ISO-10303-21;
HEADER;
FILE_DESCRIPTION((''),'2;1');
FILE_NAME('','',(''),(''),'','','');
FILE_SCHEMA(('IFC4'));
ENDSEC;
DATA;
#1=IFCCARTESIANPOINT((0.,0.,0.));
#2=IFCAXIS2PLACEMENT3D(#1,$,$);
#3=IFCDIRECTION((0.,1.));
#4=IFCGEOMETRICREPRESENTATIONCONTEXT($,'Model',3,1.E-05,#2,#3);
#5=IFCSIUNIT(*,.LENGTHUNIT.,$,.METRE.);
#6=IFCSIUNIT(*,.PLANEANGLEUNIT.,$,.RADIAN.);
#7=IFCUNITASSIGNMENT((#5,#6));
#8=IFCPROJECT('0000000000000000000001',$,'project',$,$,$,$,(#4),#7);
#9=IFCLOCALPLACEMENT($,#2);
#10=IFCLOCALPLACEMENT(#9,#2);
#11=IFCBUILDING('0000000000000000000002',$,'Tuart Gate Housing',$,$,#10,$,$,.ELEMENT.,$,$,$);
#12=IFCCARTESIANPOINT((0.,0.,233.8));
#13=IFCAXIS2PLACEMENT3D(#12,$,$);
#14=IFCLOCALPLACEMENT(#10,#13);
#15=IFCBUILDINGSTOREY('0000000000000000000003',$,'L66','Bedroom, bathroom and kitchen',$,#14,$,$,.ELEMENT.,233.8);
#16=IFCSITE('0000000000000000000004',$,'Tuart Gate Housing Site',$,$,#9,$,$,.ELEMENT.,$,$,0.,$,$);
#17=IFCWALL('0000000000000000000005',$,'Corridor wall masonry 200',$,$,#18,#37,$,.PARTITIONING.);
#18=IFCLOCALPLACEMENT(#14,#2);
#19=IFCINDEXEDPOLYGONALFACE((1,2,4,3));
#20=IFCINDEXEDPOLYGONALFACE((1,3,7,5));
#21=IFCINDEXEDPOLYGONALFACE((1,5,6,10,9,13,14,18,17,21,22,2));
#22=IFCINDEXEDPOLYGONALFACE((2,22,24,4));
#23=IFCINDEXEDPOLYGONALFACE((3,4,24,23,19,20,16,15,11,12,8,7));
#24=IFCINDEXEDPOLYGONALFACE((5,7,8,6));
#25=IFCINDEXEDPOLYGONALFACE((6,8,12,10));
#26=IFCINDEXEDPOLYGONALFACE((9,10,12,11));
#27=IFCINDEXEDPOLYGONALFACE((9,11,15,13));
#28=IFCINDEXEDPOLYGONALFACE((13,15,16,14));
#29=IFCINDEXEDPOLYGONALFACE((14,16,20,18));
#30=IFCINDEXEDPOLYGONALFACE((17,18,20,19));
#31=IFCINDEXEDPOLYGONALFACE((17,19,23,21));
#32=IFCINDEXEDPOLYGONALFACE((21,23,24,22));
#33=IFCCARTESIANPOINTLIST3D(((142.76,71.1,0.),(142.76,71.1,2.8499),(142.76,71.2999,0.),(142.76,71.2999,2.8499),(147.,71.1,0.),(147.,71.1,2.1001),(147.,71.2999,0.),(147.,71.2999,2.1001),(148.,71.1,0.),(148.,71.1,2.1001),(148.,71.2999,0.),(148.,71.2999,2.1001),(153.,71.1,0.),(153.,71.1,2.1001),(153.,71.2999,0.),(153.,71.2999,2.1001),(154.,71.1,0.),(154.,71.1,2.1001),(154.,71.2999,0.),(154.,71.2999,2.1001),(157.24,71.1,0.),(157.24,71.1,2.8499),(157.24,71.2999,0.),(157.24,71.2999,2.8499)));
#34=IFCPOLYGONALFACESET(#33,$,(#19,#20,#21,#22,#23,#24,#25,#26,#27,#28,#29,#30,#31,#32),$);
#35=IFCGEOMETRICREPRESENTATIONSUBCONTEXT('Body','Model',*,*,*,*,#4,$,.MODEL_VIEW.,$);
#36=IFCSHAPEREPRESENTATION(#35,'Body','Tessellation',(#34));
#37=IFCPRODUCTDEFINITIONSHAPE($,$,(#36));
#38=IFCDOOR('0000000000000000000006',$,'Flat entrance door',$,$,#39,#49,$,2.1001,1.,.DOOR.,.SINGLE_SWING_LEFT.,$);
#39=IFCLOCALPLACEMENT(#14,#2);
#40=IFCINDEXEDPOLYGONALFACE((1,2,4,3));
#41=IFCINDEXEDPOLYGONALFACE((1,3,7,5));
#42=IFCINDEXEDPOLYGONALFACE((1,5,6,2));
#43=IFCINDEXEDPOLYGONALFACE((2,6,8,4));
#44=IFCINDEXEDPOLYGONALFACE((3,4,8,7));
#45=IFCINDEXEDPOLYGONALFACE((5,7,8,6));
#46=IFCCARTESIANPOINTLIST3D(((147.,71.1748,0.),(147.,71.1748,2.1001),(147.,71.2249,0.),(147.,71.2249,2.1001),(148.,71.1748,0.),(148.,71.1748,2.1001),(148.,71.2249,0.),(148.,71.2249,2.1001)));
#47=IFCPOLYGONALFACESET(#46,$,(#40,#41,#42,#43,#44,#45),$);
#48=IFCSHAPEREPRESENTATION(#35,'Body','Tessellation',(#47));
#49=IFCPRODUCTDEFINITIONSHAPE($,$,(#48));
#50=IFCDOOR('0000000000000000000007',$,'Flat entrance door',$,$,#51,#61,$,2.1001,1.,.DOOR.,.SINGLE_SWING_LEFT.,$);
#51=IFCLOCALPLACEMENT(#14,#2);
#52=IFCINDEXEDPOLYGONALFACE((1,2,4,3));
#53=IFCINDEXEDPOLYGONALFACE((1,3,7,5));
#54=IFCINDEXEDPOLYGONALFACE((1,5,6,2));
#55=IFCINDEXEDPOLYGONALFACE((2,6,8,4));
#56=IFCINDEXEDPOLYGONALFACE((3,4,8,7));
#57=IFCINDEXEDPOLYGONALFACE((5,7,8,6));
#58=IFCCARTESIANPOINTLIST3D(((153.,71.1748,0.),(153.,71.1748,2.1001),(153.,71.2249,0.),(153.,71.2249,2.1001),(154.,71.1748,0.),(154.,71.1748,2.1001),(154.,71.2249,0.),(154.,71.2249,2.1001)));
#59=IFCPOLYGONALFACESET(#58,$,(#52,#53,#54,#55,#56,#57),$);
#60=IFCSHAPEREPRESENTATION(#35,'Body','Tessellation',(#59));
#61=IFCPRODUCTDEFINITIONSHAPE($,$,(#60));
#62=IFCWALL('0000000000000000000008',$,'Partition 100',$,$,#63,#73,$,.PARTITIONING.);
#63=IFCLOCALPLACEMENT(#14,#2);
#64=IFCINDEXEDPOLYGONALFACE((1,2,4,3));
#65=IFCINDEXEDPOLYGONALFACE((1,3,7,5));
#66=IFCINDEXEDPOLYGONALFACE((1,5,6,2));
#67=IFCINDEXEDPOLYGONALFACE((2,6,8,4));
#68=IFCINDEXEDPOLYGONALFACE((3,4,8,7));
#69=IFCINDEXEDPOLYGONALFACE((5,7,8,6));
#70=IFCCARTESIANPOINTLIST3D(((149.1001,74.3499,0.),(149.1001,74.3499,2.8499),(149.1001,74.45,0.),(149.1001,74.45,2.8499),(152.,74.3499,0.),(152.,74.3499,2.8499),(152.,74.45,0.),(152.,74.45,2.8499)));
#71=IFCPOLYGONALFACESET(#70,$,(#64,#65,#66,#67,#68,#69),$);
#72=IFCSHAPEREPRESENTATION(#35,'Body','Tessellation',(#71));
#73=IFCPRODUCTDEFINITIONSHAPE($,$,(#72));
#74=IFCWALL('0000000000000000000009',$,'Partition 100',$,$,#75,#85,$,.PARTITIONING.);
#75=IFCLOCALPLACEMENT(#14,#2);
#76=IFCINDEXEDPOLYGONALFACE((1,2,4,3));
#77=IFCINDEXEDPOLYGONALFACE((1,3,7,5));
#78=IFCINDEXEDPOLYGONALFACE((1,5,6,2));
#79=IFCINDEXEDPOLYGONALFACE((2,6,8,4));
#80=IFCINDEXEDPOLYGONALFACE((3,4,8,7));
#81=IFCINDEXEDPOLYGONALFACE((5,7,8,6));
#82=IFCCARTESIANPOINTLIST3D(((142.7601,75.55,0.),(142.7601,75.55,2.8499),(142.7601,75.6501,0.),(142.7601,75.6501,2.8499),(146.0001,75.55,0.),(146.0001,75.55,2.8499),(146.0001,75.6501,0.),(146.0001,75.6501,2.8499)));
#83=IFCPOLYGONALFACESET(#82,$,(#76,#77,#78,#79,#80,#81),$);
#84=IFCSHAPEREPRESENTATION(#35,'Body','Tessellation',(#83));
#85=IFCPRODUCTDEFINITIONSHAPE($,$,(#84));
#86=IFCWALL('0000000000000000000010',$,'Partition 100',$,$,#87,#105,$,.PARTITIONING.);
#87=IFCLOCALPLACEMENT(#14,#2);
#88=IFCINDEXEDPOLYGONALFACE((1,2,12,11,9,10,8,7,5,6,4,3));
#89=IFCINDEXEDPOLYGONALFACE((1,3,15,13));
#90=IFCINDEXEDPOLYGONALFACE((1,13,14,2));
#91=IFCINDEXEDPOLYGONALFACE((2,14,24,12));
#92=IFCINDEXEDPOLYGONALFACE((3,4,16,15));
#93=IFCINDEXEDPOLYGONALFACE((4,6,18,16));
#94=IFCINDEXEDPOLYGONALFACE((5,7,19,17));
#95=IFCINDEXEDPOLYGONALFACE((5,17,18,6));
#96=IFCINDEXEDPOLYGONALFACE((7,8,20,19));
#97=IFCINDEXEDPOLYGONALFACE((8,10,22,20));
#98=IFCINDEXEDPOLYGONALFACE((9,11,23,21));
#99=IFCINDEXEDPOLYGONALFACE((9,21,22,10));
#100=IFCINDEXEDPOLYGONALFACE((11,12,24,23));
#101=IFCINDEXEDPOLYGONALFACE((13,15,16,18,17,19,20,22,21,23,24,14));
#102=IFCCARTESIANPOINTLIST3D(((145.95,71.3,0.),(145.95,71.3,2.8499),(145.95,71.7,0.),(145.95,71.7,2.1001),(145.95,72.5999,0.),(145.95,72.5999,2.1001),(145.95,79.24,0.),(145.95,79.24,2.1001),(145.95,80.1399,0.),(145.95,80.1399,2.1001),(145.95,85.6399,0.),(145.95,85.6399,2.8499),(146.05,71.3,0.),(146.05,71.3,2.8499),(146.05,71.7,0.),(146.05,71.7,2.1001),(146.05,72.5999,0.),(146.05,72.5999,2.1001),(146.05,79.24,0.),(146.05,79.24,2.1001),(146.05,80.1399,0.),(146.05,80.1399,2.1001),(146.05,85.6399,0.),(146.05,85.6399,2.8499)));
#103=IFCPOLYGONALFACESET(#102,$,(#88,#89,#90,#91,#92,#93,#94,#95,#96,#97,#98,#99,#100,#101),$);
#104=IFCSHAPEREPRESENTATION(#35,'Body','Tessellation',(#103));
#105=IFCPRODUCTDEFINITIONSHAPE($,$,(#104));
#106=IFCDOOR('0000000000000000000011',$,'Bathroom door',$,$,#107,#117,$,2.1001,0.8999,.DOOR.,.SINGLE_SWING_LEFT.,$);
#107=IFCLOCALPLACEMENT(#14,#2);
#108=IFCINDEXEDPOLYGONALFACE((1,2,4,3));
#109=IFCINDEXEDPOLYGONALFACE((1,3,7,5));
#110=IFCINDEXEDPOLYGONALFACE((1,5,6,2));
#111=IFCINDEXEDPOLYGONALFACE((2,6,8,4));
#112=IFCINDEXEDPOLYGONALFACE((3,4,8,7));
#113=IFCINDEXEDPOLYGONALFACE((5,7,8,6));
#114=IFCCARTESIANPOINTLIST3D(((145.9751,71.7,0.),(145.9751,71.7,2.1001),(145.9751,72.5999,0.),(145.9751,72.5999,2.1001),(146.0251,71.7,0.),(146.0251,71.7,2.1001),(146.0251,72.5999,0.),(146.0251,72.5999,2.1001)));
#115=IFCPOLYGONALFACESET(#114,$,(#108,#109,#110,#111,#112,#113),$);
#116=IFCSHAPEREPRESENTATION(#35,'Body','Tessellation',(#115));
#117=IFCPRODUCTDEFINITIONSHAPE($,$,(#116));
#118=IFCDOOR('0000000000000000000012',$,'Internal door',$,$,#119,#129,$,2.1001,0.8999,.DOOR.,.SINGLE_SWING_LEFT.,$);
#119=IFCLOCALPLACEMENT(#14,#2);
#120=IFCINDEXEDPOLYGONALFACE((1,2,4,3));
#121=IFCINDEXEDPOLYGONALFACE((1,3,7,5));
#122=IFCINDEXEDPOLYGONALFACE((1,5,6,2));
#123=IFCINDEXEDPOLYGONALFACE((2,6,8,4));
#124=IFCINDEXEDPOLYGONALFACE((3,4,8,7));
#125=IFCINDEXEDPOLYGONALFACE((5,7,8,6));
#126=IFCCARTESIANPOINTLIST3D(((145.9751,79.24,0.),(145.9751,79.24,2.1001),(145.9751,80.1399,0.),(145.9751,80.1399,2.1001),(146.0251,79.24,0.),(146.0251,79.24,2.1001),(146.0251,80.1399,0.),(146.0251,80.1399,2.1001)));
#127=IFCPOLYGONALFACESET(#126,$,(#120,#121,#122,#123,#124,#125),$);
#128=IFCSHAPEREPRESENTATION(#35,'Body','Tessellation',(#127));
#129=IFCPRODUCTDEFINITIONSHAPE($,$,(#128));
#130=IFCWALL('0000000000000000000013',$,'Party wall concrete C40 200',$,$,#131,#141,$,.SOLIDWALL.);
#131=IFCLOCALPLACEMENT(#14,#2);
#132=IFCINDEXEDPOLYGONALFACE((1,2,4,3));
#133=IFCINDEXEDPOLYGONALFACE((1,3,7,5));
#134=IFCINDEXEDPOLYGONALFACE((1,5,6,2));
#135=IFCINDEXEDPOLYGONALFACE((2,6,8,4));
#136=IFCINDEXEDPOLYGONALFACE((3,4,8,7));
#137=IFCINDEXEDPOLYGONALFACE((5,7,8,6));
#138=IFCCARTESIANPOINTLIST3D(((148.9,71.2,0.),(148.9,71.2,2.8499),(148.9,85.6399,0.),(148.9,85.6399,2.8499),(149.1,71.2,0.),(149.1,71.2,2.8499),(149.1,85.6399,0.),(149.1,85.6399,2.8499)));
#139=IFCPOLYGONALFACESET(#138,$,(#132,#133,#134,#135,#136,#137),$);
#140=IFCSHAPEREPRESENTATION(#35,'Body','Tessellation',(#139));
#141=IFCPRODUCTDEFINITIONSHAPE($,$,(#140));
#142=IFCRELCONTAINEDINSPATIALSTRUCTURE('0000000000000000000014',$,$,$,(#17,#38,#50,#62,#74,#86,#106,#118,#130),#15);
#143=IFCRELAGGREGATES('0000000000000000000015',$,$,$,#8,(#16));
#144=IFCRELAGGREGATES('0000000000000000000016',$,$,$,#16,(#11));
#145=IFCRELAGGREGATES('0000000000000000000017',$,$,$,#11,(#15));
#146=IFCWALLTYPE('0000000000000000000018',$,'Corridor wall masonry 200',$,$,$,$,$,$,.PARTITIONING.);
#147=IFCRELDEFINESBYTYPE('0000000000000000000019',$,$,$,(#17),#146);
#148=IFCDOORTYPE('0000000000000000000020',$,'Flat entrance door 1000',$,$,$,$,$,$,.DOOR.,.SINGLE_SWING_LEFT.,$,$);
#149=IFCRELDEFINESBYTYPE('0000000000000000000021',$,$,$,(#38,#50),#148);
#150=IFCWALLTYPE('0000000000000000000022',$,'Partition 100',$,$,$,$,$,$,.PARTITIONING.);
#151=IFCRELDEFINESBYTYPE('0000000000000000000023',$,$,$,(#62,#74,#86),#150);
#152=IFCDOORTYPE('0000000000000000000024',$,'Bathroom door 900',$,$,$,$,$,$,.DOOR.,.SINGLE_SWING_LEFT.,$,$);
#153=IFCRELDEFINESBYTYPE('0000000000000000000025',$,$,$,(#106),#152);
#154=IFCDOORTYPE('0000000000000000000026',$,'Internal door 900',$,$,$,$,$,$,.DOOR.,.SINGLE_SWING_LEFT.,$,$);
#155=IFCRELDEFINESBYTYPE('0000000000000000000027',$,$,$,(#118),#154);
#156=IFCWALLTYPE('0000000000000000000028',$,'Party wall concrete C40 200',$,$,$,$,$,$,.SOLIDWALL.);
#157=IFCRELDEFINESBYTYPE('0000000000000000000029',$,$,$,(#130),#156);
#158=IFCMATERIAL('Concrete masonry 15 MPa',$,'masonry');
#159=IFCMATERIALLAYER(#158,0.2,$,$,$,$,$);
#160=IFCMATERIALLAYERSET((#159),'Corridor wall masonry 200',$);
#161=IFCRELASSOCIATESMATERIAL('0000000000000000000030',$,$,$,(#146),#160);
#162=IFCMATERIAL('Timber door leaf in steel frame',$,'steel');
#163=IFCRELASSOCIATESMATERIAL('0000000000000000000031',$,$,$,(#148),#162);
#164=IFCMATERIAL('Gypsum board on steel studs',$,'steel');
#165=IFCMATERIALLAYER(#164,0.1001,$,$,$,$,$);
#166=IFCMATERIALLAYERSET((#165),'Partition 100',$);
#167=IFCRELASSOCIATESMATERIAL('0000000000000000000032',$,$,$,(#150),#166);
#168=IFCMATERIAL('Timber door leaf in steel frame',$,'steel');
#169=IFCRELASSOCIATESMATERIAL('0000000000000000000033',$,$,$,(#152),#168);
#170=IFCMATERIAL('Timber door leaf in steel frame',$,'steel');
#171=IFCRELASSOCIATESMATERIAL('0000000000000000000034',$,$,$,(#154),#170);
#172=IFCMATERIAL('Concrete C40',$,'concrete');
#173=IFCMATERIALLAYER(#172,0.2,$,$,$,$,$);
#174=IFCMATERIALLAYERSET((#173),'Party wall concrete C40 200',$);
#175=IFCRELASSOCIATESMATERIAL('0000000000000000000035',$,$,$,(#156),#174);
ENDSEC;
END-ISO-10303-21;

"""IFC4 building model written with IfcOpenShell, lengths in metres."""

from ifc_helpers import new_model, si_unit, direction, frame, frame_2d, origin, place, context, subcontext, project, spatial, rectangle, extrude, material, layer, layer_set, type_object, element, fill, save


model = new_model("IFC4")

# Units and contexts
model_context = context("Model", 3, precision=1e-05, world=origin(), true_north=direction((0.0, 1.0)))
body_context = subcontext(model_context, "Body", "Model", "MODEL_VIEW")
ifc_project = project(units=[si_unit("LENGTHUNIT", "METRE"), si_unit("PLANEANGLEUNIT", "RADIAN")], contexts=[model_context])

# Site, building, storey
site_placement = place(None, origin())
site = spatial("IfcSite", under=ifc_project, at=site_placement, Name="Tuart Gate Housing Site", CompositionType="ELEMENT", RefElevation=0.0)
building_placement = place(site_placement, origin())
building = spatial("IfcBuilding", under=site, at=building_placement, Name="Tuart Gate Housing", CompositionType="ELEMENT")
storey_placement = place(building_placement, frame((0.0, 0.0, 233.8)))
storey = spatial("IfcBuildingStorey", under=building, at=storey_placement, Name="L66", Description="Bedroom, bathroom and kitchen", CompositionType="ELEMENT", Elevation=233.8)

# Wall, openings, doors
ifc_material_1 = material(Name="Concrete masonry 15 MPa", Category="masonry")
ifc_layer_1 = layer(ifc_material_1, 0.2)
ifc_layer_set_1 = layer_set([ifc_layer_1], Name="Corridor wall masonry 200")
wall_type_1 = type_object("IfcWallType", Name="Corridor wall masonry 200", PredefinedType="PARTITIONING", material=ifc_layer_set_1)
wall_1_placement = place(storey_placement, frame((142.76, 71.2, 0.0), z_axis=(0.0, 0.0, 1.0), x_axis=(1.0, 0.0, 0.0)))
wall_1 = element("IfcWall", 1, at=wall_1_placement, inside=storey, type_object=wall_type_1, Name="Corridor wall masonry 200", PredefinedType="PARTITIONING", context=body_context, shape_type="SweptSolid", body=[
    extrude(rectangle(XDim=14.48, YDim=0.2, at=frame_2d((7.24, 0.0))), origin(), (0.0, 0.0, 1.0), 2.8499),
])
opening_1_placement = place(wall_1_placement, frame((4.24, 0.0, 0.0)))
opening_1 = element("IfcOpeningElement", 2, at=opening_1_placement, cuts=wall_1, PredefinedType="OPENING", context=body_context, shape_type="SweptSolid", body=[
    extrude(rectangle(XDim=1.0, YDim=2.1001, at=frame_2d((0.5, 1.05))), frame((0.0, 0.1099, 0.0), z_axis=(0.0, -1.0, 0.0), x_axis=(1.0, 0.0, 0.0)), (0.0, 0.0, 1.0), 0.22),
])
opening_2_placement = place(wall_1_placement, frame((10.24, 0.0, 0.0)))
opening_2 = element("IfcOpeningElement", 3, at=opening_2_placement, cuts=wall_1, PredefinedType="OPENING", context=body_context, shape_type="SweptSolid", body=[
    extrude(rectangle(XDim=1.0, YDim=2.1001, at=frame_2d((0.5, 1.05))), frame((0.0, 0.1099, 0.0), z_axis=(0.0, -1.0, 0.0), x_axis=(1.0, 0.0, 0.0)), (0.0, 0.0, 1.0), 0.22),
])
ifc_material_2 = material(Name="Timber door leaf in steel frame", Category="steel")
door_type_1 = type_object("IfcDoorType", Name="Flat entrance door 1000", OperationType="SINGLE_SWING_LEFT", PredefinedType="DOOR", material=ifc_material_2)
door_1_placement = place(opening_1_placement, origin())
door_1 = element("IfcDoor", 4, at=door_1_placement, inside=storey, type_object=door_type_1, Name="Flat entrance door", OperationType="SINGLE_SWING_LEFT", OverallHeight=2.1001, OverallWidth=1.0, PredefinedType="DOOR", context=body_context, shape_type="SweptSolid", body=[
    extrude(rectangle(XDim=1.0, YDim=2.1001, at=frame_2d((0.5, 1.05))), frame((0.0, 0.0249, 0.0), z_axis=(0.0, -1.0, 0.0), x_axis=(1.0, 0.0, 0.0)), (0.0, 0.0, 1.0), 0.05),
])
fill(opening_1, door_1)
door_2_placement = place(opening_2_placement, origin())
door_2 = element("IfcDoor", 5, at=door_2_placement, inside=storey, type_object=door_type_1, Name="Flat entrance door", OperationType="SINGLE_SWING_LEFT", OverallHeight=2.1001, OverallWidth=1.0, PredefinedType="DOOR", context=body_context, shape_type="SweptSolid", body=[
    extrude(rectangle(XDim=1.0, YDim=2.1001, at=frame_2d((0.5, 1.05))), frame((0.0, 0.0249, 0.0), z_axis=(0.0, -1.0, 0.0), x_axis=(1.0, 0.0, 0.0)), (0.0, 0.0, 1.0), 0.05),
])
fill(opening_2, door_2)

# Walls
ifc_material_3 = material(Name="Gypsum board on steel studs", Category="steel")
ifc_layer_2 = layer(ifc_material_3, 0.1001)
ifc_layer_set_2 = layer_set([ifc_layer_2], Name="Partition 100")
wall_type_2 = type_object("IfcWallType", Name="Partition 100", PredefinedType="PARTITIONING", material=ifc_layer_set_2)
wall_2_placement = place(storey_placement, frame((149.1001, 74.3999, 0.0), z_axis=(0.0, 0.0, 1.0), x_axis=(1.0, 0.0, 0.0)))
element("IfcWall", 6, at=wall_2_placement, inside=storey, type_object=wall_type_2, Name="Partition 100", PredefinedType="PARTITIONING", context=body_context, shape_type="SweptSolid", body=[
    extrude(rectangle(XDim=2.8999, YDim=0.1001, at=frame_2d((1.45, 0.0))), origin(), (0.0, 0.0, 1.0), 2.8499),
])
wall_3_placement = place(storey_placement, frame((142.76, 75.6001, 0.0), z_axis=(0.0, 0.0, 1.0), x_axis=(1.0, 0.0, 0.0)))
element("IfcWall", 7, at=wall_3_placement, inside=storey, type_object=wall_type_2, Name="Partition 100", PredefinedType="PARTITIONING", context=body_context, shape_type="SweptSolid", body=[
    extrude(rectangle(XDim=3.24, YDim=0.1001, at=frame_2d((1.6201, 0.0))), origin(), (0.0, 0.0, 1.0), 2.8499),
])

# Wall, openings, doors
wall_4_placement = place(storey_placement, frame((146.0, 71.3, 0.0), z_axis=(0.0, 0.0, 1.0), x_axis=(0.0, 1.0, 0.0)))
wall_4 = element("IfcWall", 8, at=wall_4_placement, inside=storey, type_object=wall_type_2, Name="Partition 100", PredefinedType="PARTITIONING", context=body_context, shape_type="SweptSolid", body=[
    extrude(rectangle(XDim=14.3398, YDim=0.1001, at=frame_2d((7.1699, 0.0))), origin(), (0.0, 0.0, 1.0), 2.8499),
])
opening_3_placement = place(wall_4_placement, frame((7.9399, 0.0, 0.0)))
opening_3 = element("IfcOpeningElement", 9, at=opening_3_placement, cuts=wall_4, PredefinedType="OPENING", context=body_context, shape_type="SweptSolid", body=[
    extrude(rectangle(XDim=0.8999, YDim=2.1001, at=frame_2d((0.45, 1.05))), frame((0.0, 0.0601, 0.0), z_axis=(0.0, -1.0, 0.0), x_axis=(1.0, 0.0, 0.0)), (0.0, 0.0, 1.0), 0.1201),
])
opening_4_placement = place(wall_4_placement, frame((0.3999, 0.0, 0.0)))
opening_4 = element("IfcOpeningElement", 10, at=opening_4_placement, cuts=wall_4, PredefinedType="OPENING", context=body_context, shape_type="SweptSolid", body=[
    extrude(rectangle(XDim=0.8999, YDim=2.1001, at=frame_2d((0.45, 1.05))), frame((0.0, 0.0601, 0.0), z_axis=(0.0, -1.0, 0.0), x_axis=(1.0, 0.0, 0.0)), (0.0, 0.0, 1.0), 0.1201),
])
ifc_material_4 = material(Name="Timber door leaf in steel frame", Category="steel")
door_type_2 = type_object("IfcDoorType", Name="Bathroom door 900", OperationType="SINGLE_SWING_LEFT", PredefinedType="DOOR", material=ifc_material_4)
door_3_placement = place(opening_4_placement, origin())
door_3 = element("IfcDoor", 11, at=door_3_placement, inside=storey, type_object=door_type_2, Name="Bathroom door", OperationType="SINGLE_SWING_LEFT", OverallHeight=2.1001, OverallWidth=0.8999, PredefinedType="DOOR", context=body_context, shape_type="SweptSolid", body=[
    extrude(rectangle(XDim=0.8999, YDim=2.1001, at=frame_2d((0.45, 1.05))), frame((0.0, 0.0249, 0.0), z_axis=(0.0, -1.0, 0.0), x_axis=(1.0, 0.0, 0.0)), (0.0, 0.0, 1.0), 0.05),
])
fill(opening_4, door_3)
ifc_material_5 = material(Name="Timber door leaf in steel frame", Category="steel")
door_type_3 = type_object("IfcDoorType", Name="Internal door 900", OperationType="SINGLE_SWING_LEFT", PredefinedType="DOOR", material=ifc_material_5)
door_4_placement = place(opening_3_placement, origin())
door_4 = element("IfcDoor", 12, at=door_4_placement, inside=storey, type_object=door_type_3, Name="Internal door", OperationType="SINGLE_SWING_LEFT", OverallHeight=2.1001, OverallWidth=0.8999, PredefinedType="DOOR", context=body_context, shape_type="SweptSolid", body=[
    extrude(rectangle(XDim=0.8999, YDim=2.1001, at=frame_2d((0.45, 1.05))), frame((0.0, 0.0249, 0.0), z_axis=(0.0, -1.0, 0.0), x_axis=(1.0, 0.0, 0.0)), (0.0, 0.0, 1.0), 0.05),
])
fill(opening_3, door_4)

# Wall
ifc_material_6 = material(Name="Concrete C40", Category="concrete")
ifc_layer_3 = layer(ifc_material_6, 0.2)
ifc_layer_set_3 = layer_set([ifc_layer_3], Name="Party wall concrete C40 200")
wall_type_3 = type_object("IfcWallType", Name="Party wall concrete C40 200", PredefinedType="SOLIDWALL", material=ifc_layer_set_3)
wall_5_placement = place(storey_placement, frame((149.0, 71.2, 0.0), z_axis=(0.0, 0.0, 1.0), x_axis=(0.0, 1.0, 0.0)))
element("IfcWall", 13, at=wall_5_placement, inside=storey, type_object=wall_type_3, Name="Party wall concrete C40 200", PredefinedType="SOLIDWALL", context=body_context, shape_type="SweptSolid", body=[
    extrude(rectangle(XDim=14.4399, YDim=0.2, at=frame_2d((7.22, 0.0))), origin(), (0.0, 0.0, 1.0), 2.8499),
])

save(model, "model.ifc")
